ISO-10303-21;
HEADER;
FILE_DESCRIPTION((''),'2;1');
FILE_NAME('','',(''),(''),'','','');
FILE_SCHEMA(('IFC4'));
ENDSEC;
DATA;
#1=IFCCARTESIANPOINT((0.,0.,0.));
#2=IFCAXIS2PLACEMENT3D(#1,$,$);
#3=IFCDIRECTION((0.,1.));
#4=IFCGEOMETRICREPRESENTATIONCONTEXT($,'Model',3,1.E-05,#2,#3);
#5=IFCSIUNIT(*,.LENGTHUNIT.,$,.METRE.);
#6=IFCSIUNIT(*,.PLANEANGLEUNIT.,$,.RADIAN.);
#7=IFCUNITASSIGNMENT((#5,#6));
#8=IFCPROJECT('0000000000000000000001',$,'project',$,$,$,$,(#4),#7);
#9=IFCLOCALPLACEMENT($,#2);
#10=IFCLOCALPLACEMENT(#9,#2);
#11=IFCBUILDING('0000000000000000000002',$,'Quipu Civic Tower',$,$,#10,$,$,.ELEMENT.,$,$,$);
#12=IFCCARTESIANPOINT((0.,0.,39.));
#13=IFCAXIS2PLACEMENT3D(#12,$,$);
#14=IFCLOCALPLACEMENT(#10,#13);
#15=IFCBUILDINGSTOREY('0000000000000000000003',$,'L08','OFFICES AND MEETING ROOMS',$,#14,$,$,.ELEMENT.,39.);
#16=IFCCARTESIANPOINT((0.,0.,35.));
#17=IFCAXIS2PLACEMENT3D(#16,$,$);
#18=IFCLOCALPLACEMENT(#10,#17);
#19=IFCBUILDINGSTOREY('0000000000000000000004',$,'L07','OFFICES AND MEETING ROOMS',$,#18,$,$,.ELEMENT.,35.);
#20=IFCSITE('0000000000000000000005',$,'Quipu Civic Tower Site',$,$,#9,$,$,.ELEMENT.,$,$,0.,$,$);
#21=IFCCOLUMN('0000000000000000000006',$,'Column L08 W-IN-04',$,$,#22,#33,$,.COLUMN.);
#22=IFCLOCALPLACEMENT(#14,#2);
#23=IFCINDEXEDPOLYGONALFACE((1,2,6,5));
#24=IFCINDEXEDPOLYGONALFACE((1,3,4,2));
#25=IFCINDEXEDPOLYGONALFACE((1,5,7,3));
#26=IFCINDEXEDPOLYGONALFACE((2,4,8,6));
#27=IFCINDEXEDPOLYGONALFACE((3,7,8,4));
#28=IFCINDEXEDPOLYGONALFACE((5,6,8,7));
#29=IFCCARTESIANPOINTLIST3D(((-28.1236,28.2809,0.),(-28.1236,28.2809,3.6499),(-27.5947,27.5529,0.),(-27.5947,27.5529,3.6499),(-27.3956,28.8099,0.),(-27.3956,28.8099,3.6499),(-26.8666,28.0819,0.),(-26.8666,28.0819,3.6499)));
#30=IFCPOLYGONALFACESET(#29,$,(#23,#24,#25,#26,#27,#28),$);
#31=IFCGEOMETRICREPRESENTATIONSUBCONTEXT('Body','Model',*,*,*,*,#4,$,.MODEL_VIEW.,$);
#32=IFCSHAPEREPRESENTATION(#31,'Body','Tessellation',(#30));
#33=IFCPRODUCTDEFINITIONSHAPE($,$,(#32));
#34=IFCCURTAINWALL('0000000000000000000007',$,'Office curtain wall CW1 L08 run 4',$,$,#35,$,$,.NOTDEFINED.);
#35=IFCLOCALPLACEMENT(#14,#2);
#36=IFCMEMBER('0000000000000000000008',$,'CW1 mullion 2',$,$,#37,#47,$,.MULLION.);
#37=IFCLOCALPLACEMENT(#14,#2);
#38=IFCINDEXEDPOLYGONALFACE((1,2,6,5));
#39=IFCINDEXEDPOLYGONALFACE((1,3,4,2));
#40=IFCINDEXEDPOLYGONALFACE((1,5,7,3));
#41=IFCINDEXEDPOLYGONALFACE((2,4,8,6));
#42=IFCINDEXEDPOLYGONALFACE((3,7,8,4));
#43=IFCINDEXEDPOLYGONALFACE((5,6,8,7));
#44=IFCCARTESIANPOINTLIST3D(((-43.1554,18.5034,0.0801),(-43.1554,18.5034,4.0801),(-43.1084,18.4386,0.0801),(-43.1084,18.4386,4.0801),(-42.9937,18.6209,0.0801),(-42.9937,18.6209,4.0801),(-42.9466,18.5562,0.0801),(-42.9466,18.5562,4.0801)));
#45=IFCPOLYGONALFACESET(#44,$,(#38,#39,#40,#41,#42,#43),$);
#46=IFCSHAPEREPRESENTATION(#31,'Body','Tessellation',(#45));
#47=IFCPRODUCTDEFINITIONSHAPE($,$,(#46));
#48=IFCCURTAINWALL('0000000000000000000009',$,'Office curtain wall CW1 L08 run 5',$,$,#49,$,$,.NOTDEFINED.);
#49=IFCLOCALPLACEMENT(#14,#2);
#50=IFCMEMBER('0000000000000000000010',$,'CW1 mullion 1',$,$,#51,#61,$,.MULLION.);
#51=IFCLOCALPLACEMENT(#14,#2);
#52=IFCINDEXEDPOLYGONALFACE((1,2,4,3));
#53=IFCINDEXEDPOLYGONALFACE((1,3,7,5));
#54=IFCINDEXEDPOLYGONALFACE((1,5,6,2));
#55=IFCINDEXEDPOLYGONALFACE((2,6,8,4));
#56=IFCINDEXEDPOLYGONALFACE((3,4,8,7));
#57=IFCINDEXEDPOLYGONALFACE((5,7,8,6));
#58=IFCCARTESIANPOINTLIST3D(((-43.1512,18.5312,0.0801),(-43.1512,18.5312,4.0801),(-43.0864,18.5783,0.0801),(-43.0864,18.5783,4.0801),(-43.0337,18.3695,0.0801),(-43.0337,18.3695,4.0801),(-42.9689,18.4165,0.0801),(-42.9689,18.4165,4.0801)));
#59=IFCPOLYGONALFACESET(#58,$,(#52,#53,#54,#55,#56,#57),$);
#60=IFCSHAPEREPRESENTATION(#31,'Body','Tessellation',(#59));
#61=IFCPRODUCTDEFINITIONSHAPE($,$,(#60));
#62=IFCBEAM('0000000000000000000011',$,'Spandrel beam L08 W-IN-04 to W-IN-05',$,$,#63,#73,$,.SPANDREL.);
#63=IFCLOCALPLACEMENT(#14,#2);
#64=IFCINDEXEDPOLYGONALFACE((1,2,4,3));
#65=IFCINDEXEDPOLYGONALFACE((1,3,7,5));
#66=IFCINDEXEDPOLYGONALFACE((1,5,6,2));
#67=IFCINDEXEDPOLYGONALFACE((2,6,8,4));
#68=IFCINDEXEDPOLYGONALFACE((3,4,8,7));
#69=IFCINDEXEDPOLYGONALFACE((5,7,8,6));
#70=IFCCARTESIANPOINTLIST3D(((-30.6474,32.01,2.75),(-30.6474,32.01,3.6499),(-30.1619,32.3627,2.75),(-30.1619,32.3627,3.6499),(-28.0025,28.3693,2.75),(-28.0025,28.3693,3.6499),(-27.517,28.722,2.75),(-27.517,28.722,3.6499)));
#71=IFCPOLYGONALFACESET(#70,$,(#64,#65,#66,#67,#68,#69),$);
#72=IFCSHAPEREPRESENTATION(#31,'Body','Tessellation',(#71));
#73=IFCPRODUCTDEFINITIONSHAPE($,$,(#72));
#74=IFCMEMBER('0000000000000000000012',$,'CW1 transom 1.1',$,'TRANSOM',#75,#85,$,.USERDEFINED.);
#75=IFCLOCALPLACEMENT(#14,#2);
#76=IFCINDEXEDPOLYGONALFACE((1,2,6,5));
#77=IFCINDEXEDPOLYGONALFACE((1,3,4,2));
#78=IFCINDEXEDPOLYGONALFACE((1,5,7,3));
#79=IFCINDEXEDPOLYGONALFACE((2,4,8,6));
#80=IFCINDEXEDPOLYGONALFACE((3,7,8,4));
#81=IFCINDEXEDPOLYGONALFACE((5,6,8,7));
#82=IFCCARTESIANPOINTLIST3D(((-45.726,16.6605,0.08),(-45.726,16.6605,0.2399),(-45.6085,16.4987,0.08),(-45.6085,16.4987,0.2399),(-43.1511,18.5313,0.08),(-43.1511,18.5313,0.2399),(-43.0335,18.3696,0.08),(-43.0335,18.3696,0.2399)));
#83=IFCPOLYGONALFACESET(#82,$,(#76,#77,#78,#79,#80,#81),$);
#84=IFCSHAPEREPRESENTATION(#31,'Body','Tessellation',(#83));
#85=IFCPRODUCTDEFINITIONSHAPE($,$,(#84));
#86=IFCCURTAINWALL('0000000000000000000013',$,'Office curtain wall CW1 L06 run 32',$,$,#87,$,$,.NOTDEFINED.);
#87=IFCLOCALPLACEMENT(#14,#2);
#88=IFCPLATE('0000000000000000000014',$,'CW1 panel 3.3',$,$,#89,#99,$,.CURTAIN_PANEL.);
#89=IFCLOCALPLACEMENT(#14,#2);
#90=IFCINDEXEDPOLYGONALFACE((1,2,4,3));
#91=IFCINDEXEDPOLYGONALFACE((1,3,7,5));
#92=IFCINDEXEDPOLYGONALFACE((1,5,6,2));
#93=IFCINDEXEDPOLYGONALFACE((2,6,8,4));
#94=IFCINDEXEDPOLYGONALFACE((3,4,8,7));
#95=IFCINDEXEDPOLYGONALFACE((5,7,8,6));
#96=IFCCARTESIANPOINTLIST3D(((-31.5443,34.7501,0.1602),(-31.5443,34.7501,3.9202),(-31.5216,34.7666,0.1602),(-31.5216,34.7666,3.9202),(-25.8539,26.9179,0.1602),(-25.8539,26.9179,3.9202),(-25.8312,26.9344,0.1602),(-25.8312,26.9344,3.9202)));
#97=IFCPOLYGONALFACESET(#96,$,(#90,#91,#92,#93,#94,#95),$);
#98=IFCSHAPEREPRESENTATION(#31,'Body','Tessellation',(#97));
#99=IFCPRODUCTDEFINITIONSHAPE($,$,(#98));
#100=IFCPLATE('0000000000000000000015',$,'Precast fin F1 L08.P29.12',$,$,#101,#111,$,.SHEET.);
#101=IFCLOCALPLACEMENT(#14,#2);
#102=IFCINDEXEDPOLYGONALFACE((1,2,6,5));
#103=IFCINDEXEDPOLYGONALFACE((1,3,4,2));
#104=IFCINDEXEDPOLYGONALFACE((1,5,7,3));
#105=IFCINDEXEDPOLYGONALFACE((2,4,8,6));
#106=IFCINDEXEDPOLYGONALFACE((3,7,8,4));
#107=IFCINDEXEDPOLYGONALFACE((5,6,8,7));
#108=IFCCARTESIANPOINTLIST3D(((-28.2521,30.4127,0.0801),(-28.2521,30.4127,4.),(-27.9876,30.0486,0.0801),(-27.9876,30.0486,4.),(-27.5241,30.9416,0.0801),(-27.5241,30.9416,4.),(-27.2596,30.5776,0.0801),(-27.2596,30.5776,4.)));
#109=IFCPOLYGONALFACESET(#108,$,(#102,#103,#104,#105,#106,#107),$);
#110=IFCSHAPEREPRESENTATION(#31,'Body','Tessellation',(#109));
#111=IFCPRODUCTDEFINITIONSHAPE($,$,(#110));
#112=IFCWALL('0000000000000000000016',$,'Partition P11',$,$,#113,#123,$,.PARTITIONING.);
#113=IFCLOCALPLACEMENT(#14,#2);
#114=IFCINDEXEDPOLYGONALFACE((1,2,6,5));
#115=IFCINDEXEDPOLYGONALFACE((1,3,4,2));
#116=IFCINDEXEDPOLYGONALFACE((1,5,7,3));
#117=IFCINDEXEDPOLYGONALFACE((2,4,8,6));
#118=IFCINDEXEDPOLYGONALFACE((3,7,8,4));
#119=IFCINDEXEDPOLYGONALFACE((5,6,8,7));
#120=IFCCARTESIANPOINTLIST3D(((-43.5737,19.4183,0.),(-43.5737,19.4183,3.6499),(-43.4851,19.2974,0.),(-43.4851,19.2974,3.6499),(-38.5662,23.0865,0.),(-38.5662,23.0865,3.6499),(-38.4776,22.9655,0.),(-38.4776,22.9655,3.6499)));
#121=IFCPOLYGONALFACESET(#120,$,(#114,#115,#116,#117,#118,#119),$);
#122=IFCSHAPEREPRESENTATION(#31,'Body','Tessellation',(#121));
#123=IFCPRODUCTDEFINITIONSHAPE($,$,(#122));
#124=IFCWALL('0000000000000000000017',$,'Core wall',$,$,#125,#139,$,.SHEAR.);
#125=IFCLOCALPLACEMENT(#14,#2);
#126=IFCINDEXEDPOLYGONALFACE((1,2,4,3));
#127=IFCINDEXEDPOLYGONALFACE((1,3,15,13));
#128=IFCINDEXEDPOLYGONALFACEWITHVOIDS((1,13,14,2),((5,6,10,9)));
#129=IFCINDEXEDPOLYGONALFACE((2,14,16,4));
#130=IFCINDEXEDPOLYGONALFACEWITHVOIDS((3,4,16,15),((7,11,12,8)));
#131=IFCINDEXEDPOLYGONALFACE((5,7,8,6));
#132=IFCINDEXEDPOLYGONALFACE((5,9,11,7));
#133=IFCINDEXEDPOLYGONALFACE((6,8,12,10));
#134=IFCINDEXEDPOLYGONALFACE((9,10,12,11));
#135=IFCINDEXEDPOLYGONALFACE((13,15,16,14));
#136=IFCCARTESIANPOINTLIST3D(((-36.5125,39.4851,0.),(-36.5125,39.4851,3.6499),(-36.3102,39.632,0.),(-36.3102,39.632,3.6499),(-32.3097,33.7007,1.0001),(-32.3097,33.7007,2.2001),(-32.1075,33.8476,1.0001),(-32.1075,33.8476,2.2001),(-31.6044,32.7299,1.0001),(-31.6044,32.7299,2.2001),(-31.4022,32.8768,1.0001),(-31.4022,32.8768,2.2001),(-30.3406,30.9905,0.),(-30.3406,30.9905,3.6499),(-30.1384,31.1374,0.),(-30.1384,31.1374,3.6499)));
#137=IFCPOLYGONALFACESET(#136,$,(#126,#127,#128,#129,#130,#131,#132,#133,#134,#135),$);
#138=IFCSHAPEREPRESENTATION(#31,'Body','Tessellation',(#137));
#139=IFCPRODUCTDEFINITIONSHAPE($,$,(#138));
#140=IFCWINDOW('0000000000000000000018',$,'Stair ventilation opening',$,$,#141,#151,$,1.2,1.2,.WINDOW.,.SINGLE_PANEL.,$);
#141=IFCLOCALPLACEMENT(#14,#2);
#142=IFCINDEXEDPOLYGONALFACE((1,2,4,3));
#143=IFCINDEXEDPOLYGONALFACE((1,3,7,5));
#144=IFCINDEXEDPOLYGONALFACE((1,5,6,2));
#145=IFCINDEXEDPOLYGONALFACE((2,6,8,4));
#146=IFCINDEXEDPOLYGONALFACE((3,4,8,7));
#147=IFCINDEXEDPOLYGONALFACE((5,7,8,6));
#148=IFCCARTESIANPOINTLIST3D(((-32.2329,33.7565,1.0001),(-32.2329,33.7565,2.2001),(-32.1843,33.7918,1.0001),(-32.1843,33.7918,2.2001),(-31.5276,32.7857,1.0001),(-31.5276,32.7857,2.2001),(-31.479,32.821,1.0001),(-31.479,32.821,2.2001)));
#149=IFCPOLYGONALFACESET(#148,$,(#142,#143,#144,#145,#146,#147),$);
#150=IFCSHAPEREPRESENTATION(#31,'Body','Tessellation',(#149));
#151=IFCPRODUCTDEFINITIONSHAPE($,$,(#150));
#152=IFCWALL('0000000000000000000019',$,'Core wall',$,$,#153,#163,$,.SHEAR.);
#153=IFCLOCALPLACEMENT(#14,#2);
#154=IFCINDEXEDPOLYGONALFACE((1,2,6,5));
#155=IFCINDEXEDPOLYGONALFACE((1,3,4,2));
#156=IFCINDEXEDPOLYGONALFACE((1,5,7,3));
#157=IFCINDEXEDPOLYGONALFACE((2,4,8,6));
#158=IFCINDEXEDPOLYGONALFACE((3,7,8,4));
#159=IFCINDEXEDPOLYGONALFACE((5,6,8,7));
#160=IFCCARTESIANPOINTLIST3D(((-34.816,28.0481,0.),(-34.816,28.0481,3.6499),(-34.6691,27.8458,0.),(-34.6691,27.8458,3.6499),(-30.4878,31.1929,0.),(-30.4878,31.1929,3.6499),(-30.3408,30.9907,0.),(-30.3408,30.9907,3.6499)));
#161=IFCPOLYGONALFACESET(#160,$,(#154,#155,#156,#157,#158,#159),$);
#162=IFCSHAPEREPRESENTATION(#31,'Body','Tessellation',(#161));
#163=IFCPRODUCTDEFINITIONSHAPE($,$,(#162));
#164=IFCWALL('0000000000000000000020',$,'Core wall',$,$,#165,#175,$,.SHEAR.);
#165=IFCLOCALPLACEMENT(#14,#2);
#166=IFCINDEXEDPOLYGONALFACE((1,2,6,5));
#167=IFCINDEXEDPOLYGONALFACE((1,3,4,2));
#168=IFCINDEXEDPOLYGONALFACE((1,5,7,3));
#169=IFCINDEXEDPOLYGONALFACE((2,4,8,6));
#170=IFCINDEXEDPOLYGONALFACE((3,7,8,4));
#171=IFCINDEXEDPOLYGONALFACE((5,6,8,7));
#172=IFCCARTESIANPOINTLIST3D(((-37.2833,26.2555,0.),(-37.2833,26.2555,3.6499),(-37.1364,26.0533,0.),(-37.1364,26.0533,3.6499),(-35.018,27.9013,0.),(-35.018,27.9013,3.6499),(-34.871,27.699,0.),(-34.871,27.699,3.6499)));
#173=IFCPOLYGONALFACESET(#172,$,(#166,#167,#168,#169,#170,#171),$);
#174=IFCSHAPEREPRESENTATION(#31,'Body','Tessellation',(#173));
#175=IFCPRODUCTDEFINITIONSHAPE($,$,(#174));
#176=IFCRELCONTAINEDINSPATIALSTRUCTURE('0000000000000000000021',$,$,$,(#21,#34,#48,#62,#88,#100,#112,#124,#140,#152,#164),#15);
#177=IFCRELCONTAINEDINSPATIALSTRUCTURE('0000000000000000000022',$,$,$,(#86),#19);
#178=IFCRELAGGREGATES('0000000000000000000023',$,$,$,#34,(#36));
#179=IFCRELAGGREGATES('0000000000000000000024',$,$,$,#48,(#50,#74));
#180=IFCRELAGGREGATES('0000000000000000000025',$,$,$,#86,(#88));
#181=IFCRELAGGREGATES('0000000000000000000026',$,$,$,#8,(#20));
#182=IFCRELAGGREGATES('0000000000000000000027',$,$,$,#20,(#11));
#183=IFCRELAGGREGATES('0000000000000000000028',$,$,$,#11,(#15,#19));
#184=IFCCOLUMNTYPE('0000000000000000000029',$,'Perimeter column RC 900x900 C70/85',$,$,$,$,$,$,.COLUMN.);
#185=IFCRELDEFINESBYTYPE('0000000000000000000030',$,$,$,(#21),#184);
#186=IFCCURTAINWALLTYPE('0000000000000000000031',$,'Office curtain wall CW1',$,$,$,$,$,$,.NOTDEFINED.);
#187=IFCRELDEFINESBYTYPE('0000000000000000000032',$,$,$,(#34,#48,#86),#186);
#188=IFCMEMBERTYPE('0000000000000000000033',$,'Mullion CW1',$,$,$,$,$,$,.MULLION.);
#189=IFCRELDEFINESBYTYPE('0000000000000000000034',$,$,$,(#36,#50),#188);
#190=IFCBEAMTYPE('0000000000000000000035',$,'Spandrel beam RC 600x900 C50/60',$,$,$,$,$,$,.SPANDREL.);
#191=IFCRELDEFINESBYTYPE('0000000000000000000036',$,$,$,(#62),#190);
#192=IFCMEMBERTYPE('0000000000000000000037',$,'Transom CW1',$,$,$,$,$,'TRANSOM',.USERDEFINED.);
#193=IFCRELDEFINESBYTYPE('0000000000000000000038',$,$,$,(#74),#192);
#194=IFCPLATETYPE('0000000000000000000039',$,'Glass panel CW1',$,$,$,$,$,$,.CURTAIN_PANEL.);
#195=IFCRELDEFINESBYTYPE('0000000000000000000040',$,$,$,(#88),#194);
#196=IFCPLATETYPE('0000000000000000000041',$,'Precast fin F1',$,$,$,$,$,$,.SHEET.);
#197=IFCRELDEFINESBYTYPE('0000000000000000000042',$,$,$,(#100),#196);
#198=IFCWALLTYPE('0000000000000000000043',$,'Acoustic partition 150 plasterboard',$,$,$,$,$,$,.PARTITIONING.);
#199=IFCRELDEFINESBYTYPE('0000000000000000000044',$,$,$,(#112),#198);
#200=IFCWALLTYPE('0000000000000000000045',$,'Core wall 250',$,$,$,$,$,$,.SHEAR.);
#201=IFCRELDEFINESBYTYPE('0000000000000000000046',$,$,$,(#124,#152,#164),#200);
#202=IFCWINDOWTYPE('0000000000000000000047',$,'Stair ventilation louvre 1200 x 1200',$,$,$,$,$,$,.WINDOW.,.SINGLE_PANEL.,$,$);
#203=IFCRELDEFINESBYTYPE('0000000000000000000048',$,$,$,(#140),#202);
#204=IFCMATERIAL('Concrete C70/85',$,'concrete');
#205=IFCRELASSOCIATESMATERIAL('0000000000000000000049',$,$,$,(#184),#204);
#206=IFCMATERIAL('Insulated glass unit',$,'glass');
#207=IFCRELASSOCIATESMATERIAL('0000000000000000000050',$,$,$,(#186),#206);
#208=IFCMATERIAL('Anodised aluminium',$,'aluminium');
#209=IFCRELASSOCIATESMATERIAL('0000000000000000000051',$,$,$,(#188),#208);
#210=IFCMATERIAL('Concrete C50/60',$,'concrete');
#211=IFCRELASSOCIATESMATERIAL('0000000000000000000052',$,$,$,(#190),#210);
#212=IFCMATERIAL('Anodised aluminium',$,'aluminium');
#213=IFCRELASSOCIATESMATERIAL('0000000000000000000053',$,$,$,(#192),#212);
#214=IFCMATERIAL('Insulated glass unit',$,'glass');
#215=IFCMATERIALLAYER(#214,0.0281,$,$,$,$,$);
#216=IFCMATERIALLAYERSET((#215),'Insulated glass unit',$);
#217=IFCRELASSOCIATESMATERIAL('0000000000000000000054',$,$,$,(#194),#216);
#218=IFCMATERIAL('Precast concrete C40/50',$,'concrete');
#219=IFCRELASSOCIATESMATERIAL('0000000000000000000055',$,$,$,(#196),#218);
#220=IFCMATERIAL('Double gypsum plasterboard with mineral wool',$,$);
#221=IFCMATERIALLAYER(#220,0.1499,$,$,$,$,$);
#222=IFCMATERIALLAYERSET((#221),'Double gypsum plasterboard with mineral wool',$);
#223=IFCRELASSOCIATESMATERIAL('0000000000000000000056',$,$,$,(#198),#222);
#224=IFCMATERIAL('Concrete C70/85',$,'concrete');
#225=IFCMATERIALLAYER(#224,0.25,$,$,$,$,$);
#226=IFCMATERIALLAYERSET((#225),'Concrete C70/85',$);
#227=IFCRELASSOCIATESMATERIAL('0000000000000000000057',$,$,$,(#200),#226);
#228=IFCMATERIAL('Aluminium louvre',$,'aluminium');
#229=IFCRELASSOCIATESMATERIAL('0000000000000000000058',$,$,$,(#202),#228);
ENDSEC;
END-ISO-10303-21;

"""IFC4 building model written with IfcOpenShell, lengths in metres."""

from ifc_helpers import new_model, si_unit, direction, frame, frame_2d, origin, origin_2d, place, context, subcontext, project, spatial, rectangle, extrude, material, layer, layer_set, material_profile, profile_set, type_object, element, fill, aggregate, save


model = new_model("IFC4")

# Units and contexts
model_context = context("Model", 3, precision=1e-05, world=origin(), true_north=direction((0.0, 1.0)))
body_context = subcontext(model_context, "Body", "Model", "MODEL_VIEW")
ifc_project = project(units=[si_unit("LENGTHUNIT", "METRE"), si_unit("PLANEANGLEUNIT", "RADIAN")], contexts=[model_context])

# Site, building, storey
site_placement = place(None, origin())
site = spatial("IfcSite", under=ifc_project, at=site_placement, Name="Quipu Civic Tower Site", CompositionType="ELEMENT", RefElevation=0.0)
building_placement = place(site_placement, origin())
building = spatial("IfcBuilding", under=site, at=building_placement, Name="Quipu Civic Tower", CompositionType="ELEMENT")
storey_1_placement = place(building_placement, frame((0.0, 0.0, 39.0)))
storey_1 = spatial("IfcBuildingStorey", under=building, at=storey_1_placement, Name="L08", Description="OFFICES AND MEETING ROOMS", CompositionType="ELEMENT", Elevation=39.0)

# Column
ifc_material_1 = material(Name="Concrete C70/85", Category="concrete")
ifc_material_profile_1 = material_profile(ifc_material_1, rectangle(XDim=0.8999, YDim=0.8999, at=origin_2d()), Name="RC900x900")
ifc_profile_set_1 = profile_set([ifc_material_profile_1], Name="Concrete C70/85")
column_type = type_object("IfcColumnType", Name="Perimeter column RC 900x900 C70/85", PredefinedType="COLUMN", material=ifc_profile_set_1)
column_placement = place(storey_1_placement, frame((-27.4951, 28.1814, 0.0), z_axis=(0.0, 0.0, 1.0), x_axis=(-0.587785, 0.809017, 0.0)))
element("IfcColumn", 1, at=column_placement, inside=storey_1, type_object=column_type, Name="Column L08 W-IN-04", PredefinedType="COLUMN", context=body_context, shape_type="SweptSolid", body=[
    extrude(rectangle(XDim=0.8999, YDim=0.8999, at=origin_2d()), origin(), (0.0, 0.0, 1.0), 3.6499),
])

# Curtain walls, members
ifc_material_2 = material(Name="Insulated glass unit", Category="glass")
curtain_wall_type = type_object("IfcCurtainWallType", Name="Office curtain wall CW1", PredefinedType="NOTDEFINED", material=ifc_material_2)
curtain_wall_1_placement = place(storey_1_placement, origin())
curtain_wall_1 = element("IfcCurtainWall", 2, at=curtain_wall_1_placement, inside=storey_1, type_object=curtain_wall_type, Name="Office curtain wall CW1 L08 run 4", PredefinedType="NOTDEFINED")
ifc_material_3 = material(Name="Anodised aluminium", Category="aluminium")
ifc_material_profile_2 = material_profile(ifc_material_3, rectangle(XDim=0.2, YDim=0.0801, at=origin_2d()), Name="RECT 200x80")
ifc_profile_set_2 = profile_set([ifc_material_profile_2], Name="Anodised aluminium")
member_type_1 = type_object("IfcMemberType", Name="Mullion CW1", PredefinedType="MULLION", material=ifc_profile_set_2)
member_1_placement = place(storey_1_placement, frame((-43.051, 18.5298, 0.0801), z_axis=(0.0, 0.0, 1.0), x_axis=(0.809021, 0.58778, 0.0)))
member_1 = element("IfcMember", 3, at=member_1_placement, type_object=member_type_1, Name="CW1 mullion 2", PredefinedType="MULLION", context=body_context, shape_type="SweptSolid", body=[
    extrude(rectangle(XDim=0.2, YDim=0.0801, at=origin_2d()), origin(), (0.0, 0.0, 1.0), 4.0),
])
aggregate(curtain_wall_1, [member_1])
curtain_wall_2_placement = place(storey_1_placement, origin())
curtain_wall_2 = element("IfcCurtainWall", 4, at=curtain_wall_2_placement, inside=storey_1, type_object=curtain_wall_type, Name="Office curtain wall CW1 L08 run 5", PredefinedType="NOTDEFINED")
member_2_placement = place(storey_1_placement, frame((-43.0601, 18.4739, 0.0801), z_axis=(0.0, 0.0, 1.0), x_axis=(0.587793, -0.809012, 0.0)))
member_2 = element("IfcMember", 5, at=member_2_placement, type_object=member_type_1, Name="CW1 mullion 1", PredefinedType="MULLION", context=body_context, shape_type="SweptSolid", body=[
    extrude(rectangle(XDim=0.2, YDim=0.0801, at=origin_2d()), origin(), (0.0, 0.0, 1.0), 4.0),
])

# Beam
ifc_material_4 = material(Name="Concrete C50/60", Category="concrete")
ifc_material_profile_3 = material_profile(ifc_material_4, rectangle(XDim=0.6001, YDim=0.8999, at=origin_2d()), Name="RC600x900")
ifc_profile_set_3 = profile_set([ifc_material_profile_3], Name="Concrete C50/60")
beam_type = type_object("IfcBeamType", Name="Spandrel beam RC 600x900 C50/60", PredefinedType="SPANDREL", material=ifc_profile_set_3)
beam_placement = place(storey_1_placement, frame((-27.7598, 28.5457, 3.2), z_axis=(-0.587743, 0.809048, 0.0), x_axis=(-0.809048, -0.587743, 0.0)))
element("IfcBeam", 6, at=beam_placement, inside=storey_1, type_object=beam_type, Name="Spandrel beam L08 W-IN-04 to W-IN-05", PredefinedType="SPANDREL", context=body_context, shape_type="SweptSolid", body=[
    extrude(rectangle(XDim=0.6001, YDim=0.8999, at=origin_2d()), origin(), (0.0, 0.0, 1.0), 4.5),
])

# Member
ifc_material_5 = material(Name="Anodised aluminium", Category="aluminium")
ifc_material_profile_4 = material_profile(ifc_material_5, rectangle(XDim=0.2, YDim=0.1599, at=origin_2d()), Name="RECT 200x160")
ifc_profile_set_4 = profile_set([ifc_material_profile_4], Name="Anodised aluminium")
member_type_2 = type_object("IfcMemberType", Name="Transom CW1", ElementType="TRANSOM", PredefinedType="USERDEFINED", material=ifc_profile_set_4)
member_3_placement = place(storey_1_placement, frame((-43.0923, 18.4504, 0.1599), z_axis=(-0.809011, -0.587793, 0.0), x_axis=(0.587793, -0.809011, 0.0)))
member_3 = element("IfcMember", 7, at=member_3_placement, type_object=member_type_2, Name="CW1 transom 1.1", ObjectType="TRANSOM", PredefinedType="USERDEFINED", context=body_context, shape_type="SweptSolid", body=[
    extrude(rectangle(XDim=0.2, YDim=0.1599, at=origin_2d()), origin(), (0.0, 0.0, 1.0), 3.1829),
])
aggregate(curtain_wall_2, [member_2, member_3])

# Shared definitions
storey_2_placement = place(building_placement, frame((0.0, 0.0, 35.0)))
storey_2 = spatial("IfcBuildingStorey", under=building, at=storey_2_placement, Name="L07", Description="OFFICES AND MEETING ROOMS", CompositionType="ELEMENT", Elevation=35.0)

# Curtain wall, plate
curtain_wall_3_placement = place(storey_2_placement, origin())
curtain_wall_3 = element("IfcCurtainWall", 8, at=curtain_wall_3_placement, inside=storey_2, type_object=curtain_wall_type, Name="Office curtain wall CW1 L06 run 32", PredefinedType="NOTDEFINED")
ifc_material_6 = material(Name="Insulated glass unit", Category="glass")
ifc_layer_1 = layer(ifc_material_6, 0.0281)
ifc_layer_set_1 = layer_set([ifc_layer_1], Name="Insulated glass unit")
plate_type_1 = type_object("IfcPlateType", Name="Glass panel CW1", PredefinedType="CURTAIN_PANEL", material=ifc_layer_set_1)
plate_1_placement = place(storey_1_placement, frame((-28.6877, 30.8423, 0.1602), z_axis=(0.0, 0.0, 1.0), x_axis=(-0.587786, 0.809017, 0.0)))
plate_1 = element("IfcPlate", 9, at=plate_1_placement, inside=storey_1, type_object=plate_type_1, Name="CW1 panel 3.3", PredefinedType="CURTAIN_PANEL", context=body_context, shape_type="SweptSolid", body=[
    extrude(rectangle(XDim=9.6812, YDim=0.0281, at=origin_2d()), origin(), (0.0, 0.0, 1.0), 3.76),
])
aggregate(curtain_wall_3, [plate_1])

# Plate
ifc_material_7 = material(Name="Precast concrete C40/50", Category="concrete")
plate_type_2 = type_object("IfcPlateType", Name="Precast fin F1", PredefinedType="SHEET", material=ifc_material_7)
plate_2_placement = place(storey_1_placement, frame((-27.7559, 30.4951, 0.0801), z_axis=(0.0, 0.0, 1.0), x_axis=(-0.587785, 0.809017, 0.0)))
element("IfcPlate", 10, at=plate_2_placement, inside=storey_1, type_object=plate_type_2, Name="Precast fin F1 L08.P29.12", PredefinedType="SHEET", context=body_context, shape_type="SweptSolid", body=[
    extrude(rectangle(XDim=0.45, YDim=0.8999, at=origin_2d()), origin(), (0.0, 0.0, 1.0), 3.9199),
])

# Wall
ifc_material_8 = material(Name="Double gypsum plasterboard with mineral wool")
ifc_layer_2 = layer(ifc_material_8, 0.1499)
ifc_layer_set_2 = layer_set([ifc_layer_2], Name="Double gypsum plasterboard with mineral wool")
wall_type_1 = type_object("IfcWallType", Name="Acoustic partition 150 plasterboard", PredefinedType="PARTITIONING", material=ifc_layer_set_2)
wall_1_placement = place(storey_1_placement, frame((-43.5293, 19.3579, 0.0), z_axis=(0.0, 0.0, 1.0), x_axis=(0.806712, 0.590944, 0.0)))
element("IfcWall", 11, at=wall_1_placement, inside=storey_1, type_object=wall_type_1, Name="Partition P11", PredefinedType="PARTITIONING", context=body_context, shape_type="SweptSolid", body=[
    extrude(rectangle(XDim=6.2073, YDim=0.1499, at=frame_2d((3.1035, 0.0))), origin(), (0.0, 0.0, 1.0), 3.6499),
])

# Wall, opening, window
ifc_material_9 = material(Name="Concrete C70/85", Category="concrete")
ifc_layer_3 = layer(ifc_material_9, 0.25)
ifc_layer_set_3 = layer_set([ifc_layer_3], Name="Concrete C70/85")
wall_type_2 = type_object("IfcWallType", Name="Core wall 250", PredefinedType="SHEAR", material=ifc_layer_set_3)
wall_2_placement = place(storey_1_placement, frame((-30.2395, 31.064, 0.0), z_axis=(0.0, 0.0, 1.0), x_axis=(-0.587796, 0.809009, 0.0)))
wall_2 = element("IfcWall", 12, at=wall_2_placement, inside=storey_1, type_object=wall_type_2, Name="Core wall", PredefinedType="SHEAR", context=body_context, shape_type="SweptSolid", body=[
    extrude(rectangle(XDim=10.5, YDim=0.25, at=frame_2d((5.25, 0.0))), origin(), (0.0, 0.0, 1.0), 3.6499),
])
opening_1_placement = place(wall_2_placement, frame((2.1499, 0.0, 1.0)))
opening_1 = element("IfcOpeningElement", 13, at=opening_1_placement, cuts=wall_2, PredefinedType="OPENING", context=body_context, shape_type="SweptSolid", body=[
    extrude(rectangle(XDim=1.2, YDim=1.2, at=frame_2d((0.6001, 0.6001))), frame((0.0, 0.135, 0.0), z_axis=(0.0, -1.0, 0.0), x_axis=(1.0, 0.0, 0.0)), (0.0, 0.0, 1.0), 0.27),
])
ifc_material_10 = material(Name="Aluminium louvre", Category="aluminium")
window_type = type_object("IfcWindowType", Name="Stair ventilation louvre 1200 x 1200", PartitioningType="SINGLE_PANEL", PredefinedType="WINDOW", material=ifc_material_10)
window_placement = place(opening_1_placement, origin())
window = element("IfcWindow", 14, at=window_placement, inside=storey_1, type_object=window_type, Name="Stair ventilation opening", OverallHeight=1.2, OverallWidth=1.2, PartitioningType="SINGLE_PANEL", PredefinedType="WINDOW", context=body_context, shape_type="SweptSolid", body=[
    extrude(rectangle(XDim=1.2, YDim=1.2, at=frame_2d((0.6001, 0.6001))), frame((0.0, 0.03, 0.0), z_axis=(0.0, -1.0, 0.0), x_axis=(1.0, 0.0, 0.0)), (0.0, 0.0, 1.0), 0.0601),
])
fill(opening_1, window)

# Walls
wall_3_placement = place(storey_1_placement, frame((-30.4143, 31.0918, 0.0), z_axis=(0.0, 0.0, 1.0), x_axis=(-0.808998, -0.587811, 0.0)))
element("IfcWall", 15, at=wall_3_placement, inside=storey_1, type_object=wall_type_2, Name="Core wall", PredefinedType="SHEAR", context=body_context, shape_type="SweptSolid", body=[
    extrude(rectangle(XDim=5.3501, YDim=0.25, at=frame_2d((2.675, 0.0))), origin(), (0.0, 0.0, 1.0), 3.6499),
])
for number, where, z_axis, x_axis, name in (
    (16, (-34.9446, 27.8, 0.0), (0.0, 0.0, 1.0), (-0.809041, -0.587752, 0.0), "Core wall"),
):
    element("IfcWall", number, at=place(storey_1_placement, frame(where, z_axis=z_axis, x_axis=x_axis)), inside=storey_1, type_object=wall_type_2, Name=name, PredefinedType="SHEAR", context=body_context, shape_type="SweptSolid", body=[
        extrude(rectangle(XDim=2.8, YDim=0.25, at=frame_2d((1.3999, 0.0))), origin(), (0.0, 0.0, 1.0), 3.6499),
    ])

save(model, "model.ifc")
